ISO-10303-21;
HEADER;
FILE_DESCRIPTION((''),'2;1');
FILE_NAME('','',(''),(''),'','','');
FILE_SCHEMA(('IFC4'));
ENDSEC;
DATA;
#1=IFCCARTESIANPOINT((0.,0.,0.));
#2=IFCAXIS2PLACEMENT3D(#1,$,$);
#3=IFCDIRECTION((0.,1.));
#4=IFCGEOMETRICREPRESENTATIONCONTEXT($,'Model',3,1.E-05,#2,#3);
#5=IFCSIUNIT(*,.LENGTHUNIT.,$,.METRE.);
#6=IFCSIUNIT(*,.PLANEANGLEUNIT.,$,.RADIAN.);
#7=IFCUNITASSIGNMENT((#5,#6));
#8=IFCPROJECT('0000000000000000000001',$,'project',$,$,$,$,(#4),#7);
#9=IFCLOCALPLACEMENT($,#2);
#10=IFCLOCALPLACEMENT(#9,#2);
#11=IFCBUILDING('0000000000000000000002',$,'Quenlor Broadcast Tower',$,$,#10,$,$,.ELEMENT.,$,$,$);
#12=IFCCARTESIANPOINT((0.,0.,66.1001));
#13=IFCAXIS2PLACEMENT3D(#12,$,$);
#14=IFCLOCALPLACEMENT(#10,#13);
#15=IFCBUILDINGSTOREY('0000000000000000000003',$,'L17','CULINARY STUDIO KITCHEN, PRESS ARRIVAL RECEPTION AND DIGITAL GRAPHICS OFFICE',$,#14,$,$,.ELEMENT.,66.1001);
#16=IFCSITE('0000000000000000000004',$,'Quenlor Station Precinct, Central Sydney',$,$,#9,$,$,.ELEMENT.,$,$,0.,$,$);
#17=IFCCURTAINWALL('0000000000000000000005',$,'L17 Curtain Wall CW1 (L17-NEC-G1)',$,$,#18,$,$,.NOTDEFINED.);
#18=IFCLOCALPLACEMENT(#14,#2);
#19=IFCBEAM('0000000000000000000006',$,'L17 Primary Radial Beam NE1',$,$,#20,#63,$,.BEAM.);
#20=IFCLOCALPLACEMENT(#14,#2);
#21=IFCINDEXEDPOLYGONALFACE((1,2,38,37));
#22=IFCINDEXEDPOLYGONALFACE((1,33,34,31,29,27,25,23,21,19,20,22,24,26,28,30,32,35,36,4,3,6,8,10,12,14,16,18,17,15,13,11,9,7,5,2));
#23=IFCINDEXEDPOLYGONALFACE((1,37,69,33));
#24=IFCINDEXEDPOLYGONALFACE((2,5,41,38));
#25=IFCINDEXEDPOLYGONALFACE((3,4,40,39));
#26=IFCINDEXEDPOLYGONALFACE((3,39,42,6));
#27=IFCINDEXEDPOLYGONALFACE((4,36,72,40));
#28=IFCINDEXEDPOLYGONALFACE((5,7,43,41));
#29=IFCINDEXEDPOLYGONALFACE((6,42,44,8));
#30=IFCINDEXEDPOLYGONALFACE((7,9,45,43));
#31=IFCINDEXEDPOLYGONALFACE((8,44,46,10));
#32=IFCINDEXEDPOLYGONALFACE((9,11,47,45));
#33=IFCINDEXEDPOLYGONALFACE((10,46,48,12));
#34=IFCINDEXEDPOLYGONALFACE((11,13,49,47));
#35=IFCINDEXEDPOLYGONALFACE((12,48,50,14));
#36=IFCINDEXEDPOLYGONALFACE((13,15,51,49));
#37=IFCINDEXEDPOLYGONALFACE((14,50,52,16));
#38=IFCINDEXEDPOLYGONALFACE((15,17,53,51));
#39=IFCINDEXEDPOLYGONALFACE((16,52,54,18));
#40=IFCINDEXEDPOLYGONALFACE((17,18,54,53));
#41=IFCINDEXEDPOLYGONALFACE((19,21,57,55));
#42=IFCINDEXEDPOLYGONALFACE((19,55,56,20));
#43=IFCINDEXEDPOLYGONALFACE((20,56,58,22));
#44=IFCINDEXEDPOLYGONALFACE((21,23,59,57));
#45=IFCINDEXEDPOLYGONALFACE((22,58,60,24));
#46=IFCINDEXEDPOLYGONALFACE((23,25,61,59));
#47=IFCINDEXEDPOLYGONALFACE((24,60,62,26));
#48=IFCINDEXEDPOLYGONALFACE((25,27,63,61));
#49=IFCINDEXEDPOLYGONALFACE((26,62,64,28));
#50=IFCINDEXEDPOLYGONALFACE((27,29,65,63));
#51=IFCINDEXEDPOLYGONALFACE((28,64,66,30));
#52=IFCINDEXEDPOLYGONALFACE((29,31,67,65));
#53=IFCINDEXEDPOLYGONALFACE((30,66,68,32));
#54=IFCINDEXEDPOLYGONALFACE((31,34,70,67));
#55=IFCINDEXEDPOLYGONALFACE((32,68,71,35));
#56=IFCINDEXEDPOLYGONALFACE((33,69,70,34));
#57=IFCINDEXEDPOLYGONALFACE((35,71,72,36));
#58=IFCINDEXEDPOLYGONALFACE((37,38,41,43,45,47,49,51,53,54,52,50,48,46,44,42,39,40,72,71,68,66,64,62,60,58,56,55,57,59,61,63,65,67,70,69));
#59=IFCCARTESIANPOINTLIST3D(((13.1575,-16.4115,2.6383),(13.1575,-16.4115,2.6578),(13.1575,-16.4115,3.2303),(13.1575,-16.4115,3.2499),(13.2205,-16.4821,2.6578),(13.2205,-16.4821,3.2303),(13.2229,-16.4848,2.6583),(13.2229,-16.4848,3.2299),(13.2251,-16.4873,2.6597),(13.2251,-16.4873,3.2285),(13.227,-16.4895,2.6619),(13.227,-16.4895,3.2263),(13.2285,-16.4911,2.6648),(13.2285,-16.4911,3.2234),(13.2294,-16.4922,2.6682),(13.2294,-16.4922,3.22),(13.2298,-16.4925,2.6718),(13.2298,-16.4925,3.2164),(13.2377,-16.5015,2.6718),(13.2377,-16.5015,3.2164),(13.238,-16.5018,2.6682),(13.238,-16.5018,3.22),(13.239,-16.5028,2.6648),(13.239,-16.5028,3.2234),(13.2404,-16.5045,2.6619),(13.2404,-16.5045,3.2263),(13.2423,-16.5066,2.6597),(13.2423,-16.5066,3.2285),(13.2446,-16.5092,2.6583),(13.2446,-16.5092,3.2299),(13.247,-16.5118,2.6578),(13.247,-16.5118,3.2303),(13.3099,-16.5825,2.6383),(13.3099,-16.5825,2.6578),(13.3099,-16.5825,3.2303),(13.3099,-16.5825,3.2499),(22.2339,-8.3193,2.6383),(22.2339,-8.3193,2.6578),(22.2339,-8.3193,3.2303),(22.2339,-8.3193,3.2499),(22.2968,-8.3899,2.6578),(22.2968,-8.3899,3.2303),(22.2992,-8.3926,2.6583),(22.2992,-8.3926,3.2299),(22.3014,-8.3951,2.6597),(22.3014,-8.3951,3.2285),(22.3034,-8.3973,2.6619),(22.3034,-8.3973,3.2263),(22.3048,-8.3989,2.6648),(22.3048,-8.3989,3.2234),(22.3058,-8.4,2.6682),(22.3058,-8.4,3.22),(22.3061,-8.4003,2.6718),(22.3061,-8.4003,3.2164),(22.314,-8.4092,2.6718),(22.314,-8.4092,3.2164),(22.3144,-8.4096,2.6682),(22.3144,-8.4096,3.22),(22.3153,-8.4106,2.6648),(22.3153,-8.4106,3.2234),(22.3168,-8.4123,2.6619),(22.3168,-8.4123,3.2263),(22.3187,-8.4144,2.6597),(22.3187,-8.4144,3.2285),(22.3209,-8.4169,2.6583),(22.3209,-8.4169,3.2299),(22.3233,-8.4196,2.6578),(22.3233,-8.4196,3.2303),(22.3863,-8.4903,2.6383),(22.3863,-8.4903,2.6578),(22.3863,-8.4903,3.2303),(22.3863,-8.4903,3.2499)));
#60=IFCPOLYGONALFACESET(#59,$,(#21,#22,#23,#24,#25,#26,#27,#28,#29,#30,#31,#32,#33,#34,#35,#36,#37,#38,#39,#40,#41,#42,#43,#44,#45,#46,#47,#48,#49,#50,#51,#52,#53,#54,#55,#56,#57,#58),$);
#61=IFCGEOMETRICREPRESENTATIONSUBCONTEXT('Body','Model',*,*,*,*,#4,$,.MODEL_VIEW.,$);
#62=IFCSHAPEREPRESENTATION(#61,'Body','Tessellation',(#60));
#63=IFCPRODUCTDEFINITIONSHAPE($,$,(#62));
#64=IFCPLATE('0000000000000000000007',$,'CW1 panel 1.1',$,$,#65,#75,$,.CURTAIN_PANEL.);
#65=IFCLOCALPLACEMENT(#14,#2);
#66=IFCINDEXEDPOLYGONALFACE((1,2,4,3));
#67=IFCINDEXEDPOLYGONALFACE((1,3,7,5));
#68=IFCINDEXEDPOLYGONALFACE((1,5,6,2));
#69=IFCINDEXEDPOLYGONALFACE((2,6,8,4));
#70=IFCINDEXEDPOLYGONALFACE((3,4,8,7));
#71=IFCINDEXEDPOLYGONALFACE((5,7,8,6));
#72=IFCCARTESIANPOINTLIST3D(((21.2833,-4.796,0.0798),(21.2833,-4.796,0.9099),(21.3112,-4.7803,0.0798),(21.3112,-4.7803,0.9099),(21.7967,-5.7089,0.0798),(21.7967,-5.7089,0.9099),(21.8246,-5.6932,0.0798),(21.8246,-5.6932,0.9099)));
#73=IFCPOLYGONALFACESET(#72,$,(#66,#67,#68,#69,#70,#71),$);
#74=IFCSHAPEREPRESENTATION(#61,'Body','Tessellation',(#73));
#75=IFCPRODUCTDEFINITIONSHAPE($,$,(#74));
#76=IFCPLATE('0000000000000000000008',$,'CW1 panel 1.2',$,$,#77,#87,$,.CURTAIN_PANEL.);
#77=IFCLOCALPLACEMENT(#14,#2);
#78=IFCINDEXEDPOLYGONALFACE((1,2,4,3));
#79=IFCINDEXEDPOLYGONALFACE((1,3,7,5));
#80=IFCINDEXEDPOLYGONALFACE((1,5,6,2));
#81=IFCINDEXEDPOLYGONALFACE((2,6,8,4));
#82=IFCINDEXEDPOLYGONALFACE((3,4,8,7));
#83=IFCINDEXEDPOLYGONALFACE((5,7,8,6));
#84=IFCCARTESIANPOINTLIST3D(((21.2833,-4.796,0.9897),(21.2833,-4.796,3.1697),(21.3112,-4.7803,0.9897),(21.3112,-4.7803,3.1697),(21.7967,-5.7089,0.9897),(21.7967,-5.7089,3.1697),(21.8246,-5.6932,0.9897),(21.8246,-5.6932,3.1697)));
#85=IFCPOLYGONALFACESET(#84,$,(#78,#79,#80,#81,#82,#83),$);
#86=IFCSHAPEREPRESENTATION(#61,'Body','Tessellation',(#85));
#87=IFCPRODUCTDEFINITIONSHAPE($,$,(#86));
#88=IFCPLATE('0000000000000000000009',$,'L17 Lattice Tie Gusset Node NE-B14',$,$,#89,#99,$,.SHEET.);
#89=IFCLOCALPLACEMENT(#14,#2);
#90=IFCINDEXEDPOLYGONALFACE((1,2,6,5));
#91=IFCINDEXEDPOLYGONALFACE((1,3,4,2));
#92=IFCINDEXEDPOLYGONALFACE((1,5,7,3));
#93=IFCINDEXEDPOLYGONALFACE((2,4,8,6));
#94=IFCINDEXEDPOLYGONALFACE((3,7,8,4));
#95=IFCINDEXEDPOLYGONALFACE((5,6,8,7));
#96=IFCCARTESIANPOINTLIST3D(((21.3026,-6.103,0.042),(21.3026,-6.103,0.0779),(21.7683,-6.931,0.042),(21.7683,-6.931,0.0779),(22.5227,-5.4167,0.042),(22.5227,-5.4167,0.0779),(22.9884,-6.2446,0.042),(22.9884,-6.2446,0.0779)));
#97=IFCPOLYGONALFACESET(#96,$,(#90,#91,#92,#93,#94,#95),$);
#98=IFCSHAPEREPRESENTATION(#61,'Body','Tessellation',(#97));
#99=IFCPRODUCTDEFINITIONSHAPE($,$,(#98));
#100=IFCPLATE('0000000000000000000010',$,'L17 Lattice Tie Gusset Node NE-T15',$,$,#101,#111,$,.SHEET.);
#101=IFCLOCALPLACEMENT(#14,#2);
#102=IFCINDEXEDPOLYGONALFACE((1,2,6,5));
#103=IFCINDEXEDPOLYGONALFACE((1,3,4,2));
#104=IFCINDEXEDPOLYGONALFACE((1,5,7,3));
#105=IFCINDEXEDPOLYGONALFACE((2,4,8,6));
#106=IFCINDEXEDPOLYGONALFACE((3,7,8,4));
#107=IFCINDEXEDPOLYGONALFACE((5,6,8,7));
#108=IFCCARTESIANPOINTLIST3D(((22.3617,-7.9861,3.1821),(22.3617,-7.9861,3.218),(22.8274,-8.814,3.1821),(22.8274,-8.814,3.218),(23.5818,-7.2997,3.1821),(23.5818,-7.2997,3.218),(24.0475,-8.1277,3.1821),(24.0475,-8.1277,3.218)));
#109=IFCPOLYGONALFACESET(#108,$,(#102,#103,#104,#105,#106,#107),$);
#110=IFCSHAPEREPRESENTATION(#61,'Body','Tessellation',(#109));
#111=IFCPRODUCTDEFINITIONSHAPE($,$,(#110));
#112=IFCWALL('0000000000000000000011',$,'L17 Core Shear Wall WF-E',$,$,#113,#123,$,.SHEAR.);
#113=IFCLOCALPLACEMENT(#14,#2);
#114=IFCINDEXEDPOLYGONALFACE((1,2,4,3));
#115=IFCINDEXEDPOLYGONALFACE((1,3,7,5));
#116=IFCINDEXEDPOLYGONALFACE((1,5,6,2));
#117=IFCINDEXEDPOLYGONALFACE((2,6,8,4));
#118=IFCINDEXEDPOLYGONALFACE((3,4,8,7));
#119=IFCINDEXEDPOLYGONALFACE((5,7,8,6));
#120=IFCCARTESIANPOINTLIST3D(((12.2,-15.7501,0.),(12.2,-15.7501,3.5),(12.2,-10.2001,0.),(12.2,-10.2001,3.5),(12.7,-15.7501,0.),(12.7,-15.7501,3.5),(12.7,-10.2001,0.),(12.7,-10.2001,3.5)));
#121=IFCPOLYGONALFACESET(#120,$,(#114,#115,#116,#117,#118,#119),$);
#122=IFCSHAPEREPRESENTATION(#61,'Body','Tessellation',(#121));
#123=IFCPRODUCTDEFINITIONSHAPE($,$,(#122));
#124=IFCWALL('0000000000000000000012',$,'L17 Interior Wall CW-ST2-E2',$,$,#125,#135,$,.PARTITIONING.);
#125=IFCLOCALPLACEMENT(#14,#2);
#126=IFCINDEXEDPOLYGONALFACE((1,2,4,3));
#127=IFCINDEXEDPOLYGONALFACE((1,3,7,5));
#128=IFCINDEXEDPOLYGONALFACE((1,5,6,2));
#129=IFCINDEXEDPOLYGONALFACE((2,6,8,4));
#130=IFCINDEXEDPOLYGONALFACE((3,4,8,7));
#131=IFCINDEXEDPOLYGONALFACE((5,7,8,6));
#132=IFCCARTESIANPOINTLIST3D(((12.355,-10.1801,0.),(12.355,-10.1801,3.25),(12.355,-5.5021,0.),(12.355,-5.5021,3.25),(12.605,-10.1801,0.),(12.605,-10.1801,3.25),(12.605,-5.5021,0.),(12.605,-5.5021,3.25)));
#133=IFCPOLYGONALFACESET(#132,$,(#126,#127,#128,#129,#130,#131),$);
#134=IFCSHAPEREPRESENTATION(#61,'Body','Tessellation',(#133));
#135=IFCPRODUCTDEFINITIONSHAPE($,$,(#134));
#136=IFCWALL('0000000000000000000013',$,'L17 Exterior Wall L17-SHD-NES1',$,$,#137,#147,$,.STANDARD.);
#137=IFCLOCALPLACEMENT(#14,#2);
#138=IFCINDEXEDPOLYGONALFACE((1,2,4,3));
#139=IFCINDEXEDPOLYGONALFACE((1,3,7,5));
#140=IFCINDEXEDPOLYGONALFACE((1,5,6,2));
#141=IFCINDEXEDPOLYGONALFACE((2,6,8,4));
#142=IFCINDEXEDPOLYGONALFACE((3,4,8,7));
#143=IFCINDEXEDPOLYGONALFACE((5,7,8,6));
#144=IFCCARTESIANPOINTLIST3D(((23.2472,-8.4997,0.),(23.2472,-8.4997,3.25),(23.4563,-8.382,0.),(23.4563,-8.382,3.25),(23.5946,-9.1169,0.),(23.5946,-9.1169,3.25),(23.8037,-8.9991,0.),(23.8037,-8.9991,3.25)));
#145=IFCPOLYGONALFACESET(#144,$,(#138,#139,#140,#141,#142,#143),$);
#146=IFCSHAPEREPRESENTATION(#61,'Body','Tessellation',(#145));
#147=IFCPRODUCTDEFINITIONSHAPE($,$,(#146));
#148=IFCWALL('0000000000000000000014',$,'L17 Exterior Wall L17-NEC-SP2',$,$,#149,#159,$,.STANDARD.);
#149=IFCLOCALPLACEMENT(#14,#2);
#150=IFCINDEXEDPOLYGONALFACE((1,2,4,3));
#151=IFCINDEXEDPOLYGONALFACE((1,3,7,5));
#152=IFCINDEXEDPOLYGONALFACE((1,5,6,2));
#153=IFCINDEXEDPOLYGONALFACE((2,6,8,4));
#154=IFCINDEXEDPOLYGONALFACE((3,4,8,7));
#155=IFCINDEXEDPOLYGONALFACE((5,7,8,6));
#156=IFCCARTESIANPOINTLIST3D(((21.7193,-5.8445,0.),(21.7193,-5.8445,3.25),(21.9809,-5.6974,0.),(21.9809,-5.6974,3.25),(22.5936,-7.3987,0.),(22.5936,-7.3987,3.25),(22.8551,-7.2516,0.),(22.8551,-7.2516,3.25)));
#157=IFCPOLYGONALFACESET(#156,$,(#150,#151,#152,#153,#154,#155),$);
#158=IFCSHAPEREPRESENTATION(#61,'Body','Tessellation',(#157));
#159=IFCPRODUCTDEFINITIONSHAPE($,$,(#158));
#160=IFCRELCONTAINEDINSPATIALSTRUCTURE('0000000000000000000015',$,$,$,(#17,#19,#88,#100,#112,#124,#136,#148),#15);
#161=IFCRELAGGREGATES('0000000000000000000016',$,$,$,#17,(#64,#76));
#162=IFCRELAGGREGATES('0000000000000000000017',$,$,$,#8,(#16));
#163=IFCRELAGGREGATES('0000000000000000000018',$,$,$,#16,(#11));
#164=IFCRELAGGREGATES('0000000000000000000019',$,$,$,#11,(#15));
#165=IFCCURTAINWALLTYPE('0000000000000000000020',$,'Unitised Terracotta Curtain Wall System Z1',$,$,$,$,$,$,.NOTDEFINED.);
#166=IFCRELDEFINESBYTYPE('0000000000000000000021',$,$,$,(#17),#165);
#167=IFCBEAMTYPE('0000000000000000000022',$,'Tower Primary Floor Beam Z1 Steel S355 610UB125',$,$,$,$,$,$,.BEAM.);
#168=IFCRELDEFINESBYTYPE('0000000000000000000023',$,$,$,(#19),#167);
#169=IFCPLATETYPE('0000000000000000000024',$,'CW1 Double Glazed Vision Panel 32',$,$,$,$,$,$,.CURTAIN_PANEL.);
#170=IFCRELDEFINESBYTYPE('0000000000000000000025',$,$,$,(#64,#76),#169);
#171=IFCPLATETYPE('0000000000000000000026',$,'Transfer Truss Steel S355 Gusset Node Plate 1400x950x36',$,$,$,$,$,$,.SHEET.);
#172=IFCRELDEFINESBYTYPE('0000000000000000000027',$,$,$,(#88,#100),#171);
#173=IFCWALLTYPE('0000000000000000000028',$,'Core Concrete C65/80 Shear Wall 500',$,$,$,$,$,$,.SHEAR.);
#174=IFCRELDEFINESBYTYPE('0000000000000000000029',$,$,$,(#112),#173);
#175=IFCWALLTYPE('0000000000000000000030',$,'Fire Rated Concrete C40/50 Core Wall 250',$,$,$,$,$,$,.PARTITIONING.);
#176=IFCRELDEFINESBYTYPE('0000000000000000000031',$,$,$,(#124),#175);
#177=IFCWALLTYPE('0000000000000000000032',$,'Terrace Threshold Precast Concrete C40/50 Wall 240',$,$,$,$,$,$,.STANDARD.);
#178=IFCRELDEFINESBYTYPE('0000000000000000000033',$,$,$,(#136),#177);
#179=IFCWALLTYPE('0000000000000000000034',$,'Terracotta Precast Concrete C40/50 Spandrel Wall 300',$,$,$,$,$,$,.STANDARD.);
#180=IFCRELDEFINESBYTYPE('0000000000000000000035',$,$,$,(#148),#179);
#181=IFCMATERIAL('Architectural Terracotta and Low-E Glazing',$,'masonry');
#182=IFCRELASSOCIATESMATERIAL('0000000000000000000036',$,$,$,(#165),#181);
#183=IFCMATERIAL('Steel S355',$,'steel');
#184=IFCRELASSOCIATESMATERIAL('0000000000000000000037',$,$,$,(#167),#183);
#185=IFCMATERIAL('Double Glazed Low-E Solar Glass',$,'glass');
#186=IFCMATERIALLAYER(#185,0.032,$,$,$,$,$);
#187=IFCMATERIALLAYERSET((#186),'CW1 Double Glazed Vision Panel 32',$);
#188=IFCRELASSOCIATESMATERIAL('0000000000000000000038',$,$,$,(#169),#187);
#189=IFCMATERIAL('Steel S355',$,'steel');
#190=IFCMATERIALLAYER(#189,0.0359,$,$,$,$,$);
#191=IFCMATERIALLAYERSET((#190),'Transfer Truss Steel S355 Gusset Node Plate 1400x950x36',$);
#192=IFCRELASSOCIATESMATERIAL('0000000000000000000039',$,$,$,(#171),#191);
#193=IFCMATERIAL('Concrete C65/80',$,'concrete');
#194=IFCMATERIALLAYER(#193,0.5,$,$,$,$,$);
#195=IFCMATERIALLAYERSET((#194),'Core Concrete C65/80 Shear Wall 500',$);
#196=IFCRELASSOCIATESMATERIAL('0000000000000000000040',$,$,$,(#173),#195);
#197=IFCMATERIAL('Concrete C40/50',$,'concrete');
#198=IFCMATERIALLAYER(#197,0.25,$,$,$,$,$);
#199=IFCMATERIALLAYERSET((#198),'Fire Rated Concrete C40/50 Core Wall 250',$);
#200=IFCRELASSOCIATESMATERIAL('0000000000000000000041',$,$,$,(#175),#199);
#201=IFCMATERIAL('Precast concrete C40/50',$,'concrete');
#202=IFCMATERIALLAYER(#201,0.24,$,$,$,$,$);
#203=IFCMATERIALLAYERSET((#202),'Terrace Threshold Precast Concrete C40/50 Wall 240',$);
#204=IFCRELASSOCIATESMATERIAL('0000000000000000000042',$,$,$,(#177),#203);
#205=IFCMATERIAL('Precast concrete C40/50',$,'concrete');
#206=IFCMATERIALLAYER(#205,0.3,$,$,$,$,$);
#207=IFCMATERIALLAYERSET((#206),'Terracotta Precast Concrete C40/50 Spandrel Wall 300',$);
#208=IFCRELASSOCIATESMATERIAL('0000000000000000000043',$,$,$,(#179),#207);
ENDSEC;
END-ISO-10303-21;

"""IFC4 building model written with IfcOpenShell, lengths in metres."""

from ifc_helpers import new_model, si_unit, direction, frame, frame_2d, origin, origin_2d, place, context, subcontext, project, spatial, rectangle, i_section, extrude, material, layer, layer_set, material_profile, profile_set, type_object, element, aggregate, save


model = new_model("IFC4")

# Units and contexts
model_context = context("Model", 3, precision=1e-05, world=origin(), true_north=direction((0.0, 1.0)))
body_context = subcontext(model_context, "Body", "Model", "MODEL_VIEW")
ifc_project = project(units=[si_unit("LENGTHUNIT", "METRE"), si_unit("PLANEANGLEUNIT", "RADIAN")], contexts=[model_context])

# Site, building, storey
site_placement = place(None, origin())
site = spatial("IfcSite", under=ifc_project, at=site_placement, Name="Quenlor Station Precinct, Central Sydney", CompositionType="ELEMENT", RefElevation=0.0)
building_placement = place(site_placement, origin())
building = spatial("IfcBuilding", under=site, at=building_placement, Name="Quenlor Broadcast Tower", CompositionType="ELEMENT")
storey_placement = place(building_placement, frame((0.0, 0.0, 66.1001)))
storey = spatial("IfcBuildingStorey", under=building, at=storey_placement, Name="L17", Description="CULINARY STUDIO KITCHEN, PRESS ARRIVAL RECEPTION AND DIGITAL GRAPHICS OFFICE", CompositionType="ELEMENT", Elevation=66.1001)

# Curtain wall
ifc_material_1 = material(Name="Architectural Terracotta and Low-E Glazing", Category="masonry")
curtain_wall_type = type_object("IfcCurtainWallType", Name="Unitised Terracotta Curtain Wall System Z1", PredefinedType="NOTDEFINED", material=ifc_material_1)
curtain_wall_placement = place(storey_placement, origin())
curtain_wall = element("IfcCurtainWall", 1, at=curtain_wall_placement, inside=storey, type_object=curtain_wall_type, Name="L17 Curtain Wall CW1 (L17-NEC-G1)", PredefinedType="NOTDEFINED")

# Beam
ifc_material_2 = material(Name="Steel S355", Category="steel")
ifc_material_profile_1 = material_profile(ifc_material_2, i_section(OverallWidth=0.229, OverallDepth=0.6116, WebThickness=0.012, FlangeThickness=0.0195, FilletRadius=0.0139, at=origin_2d()))
ifc_profile_set_1 = profile_set([ifc_material_profile_1], Name="Steel S355 610UB125")
beam_type_1 = type_object("IfcBeamType", Name="Tower Primary Floor Beam Z1 Steel S355 610UB125", PredefinedType="BEAM", material=ifc_profile_set_1)
beam_1_placement = place(storey_placement, frame((22.3101, -8.4048, 2.9441), z_axis=(-0.746414, -0.665482, 0.0), x_axis=(0.665482, -0.746414, 0.0)))
element("IfcBeam", 2, at=beam_1_placement, inside=storey, type_object=beam_type_1, Name="L17 Primary Radial Beam NE1", PredefinedType="BEAM", context=body_context, shape_type="SweptSolid", body=[
    extrude(i_section(OverallWidth=0.229, OverallDepth=0.6116, WebThickness=0.012, FlangeThickness=0.0195, FilletRadius=0.0139, at=origin_2d()), origin(), (0.0, 0.0, 1.0), 12.1599),
])

# Plates
ifc_material_3 = material(Name="Double Glazed Low-E Solar Glass", Category="glass")
ifc_layer_1 = layer(ifc_material_3, 0.032)
ifc_layer_set_1 = layer_set([ifc_layer_1], Name="CW1 Double Glazed Vision Panel 32")
plate_type_1 = type_object("IfcPlateType", Name="CW1 Double Glazed Vision Panel 32", PredefinedType="CURTAIN_PANEL", material=ifc_layer_set_1)
plate_1_placement = place(storey_placement, frame((21.554, -5.2446, 0.0798), z_axis=(0.0, 0.0, 1.0), x_axis=(0.490214, -0.871602, 0.0)))
plate_1 = element("IfcPlate", 3, at=plate_1_placement, type_object=plate_type_1, Name="CW1 panel 1.1", PredefinedType="CURTAIN_PANEL", context=body_context, shape_type="SweptSolid", body=[
    extrude(rectangle(XDim=1.0474, YDim=0.032, at=origin_2d()), origin(), (0.0, 0.0, 1.0), 0.8301),
])
plate_2_placement = place(storey_placement, frame((21.554, -5.2446, 0.9897), z_axis=(0.0, 0.0, 1.0), x_axis=(0.490214, -0.871602, 0.0)))
plate_2 = element("IfcPlate", 4, at=plate_2_placement, type_object=plate_type_1, Name="CW1 panel 1.2", PredefinedType="CURTAIN_PANEL", context=body_context, shape_type="SweptSolid", body=[
    extrude(rectangle(XDim=1.0474, YDim=0.032, at=origin_2d()), origin(), (0.0, 0.0, 1.0), 2.1799),
])
aggregate(curtain_wall, [plate_1, plate_2])

# Plates
ifc_material_4 = material(Name="Steel S355", Category="steel")
ifc_layer_2 = layer(ifc_material_4, 0.0359)
ifc_layer_set_2 = layer_set([ifc_layer_2], Name="Transfer Truss Steel S355 Gusset Node Plate 1400x950x36")
plate_type_2 = type_object("IfcPlateType", Name="Transfer Truss Steel S355 Gusset Node Plate 1400x950x36", PredefinedType="SHEET", material=ifc_layer_set_2)
for number, where, z_axis, x_axis, name in (
    (5, (22.1455, -6.1738, 0.042), (0.0, 0.0, 1.0), (0.871556, 0.490295, 0.0), "L17 Lattice Tie Gusset Node NE-B14"),
    (6, (23.2046, -8.0569, 3.1821), (0.0, 0.0, 1.0), (0.871556, 0.490295, 0.0), "L17 Lattice Tie Gusset Node NE-T15"),
):
    element("IfcPlate", number, at=place(storey_placement, frame(where, z_axis=z_axis, x_axis=x_axis)), inside=storey, type_object=plate_type_2, Name=name, PredefinedType="SHEET", context=body_context, shape_type="SweptSolid", body=[
        extrude(rectangle(XDim=1.3999, YDim=0.95, at=origin_2d()), origin(), (0.0, 0.0, 1.0), 0.0359),
    ])

# Walls
ifc_material_5 = material(Name="Concrete C65/80", Category="concrete")
ifc_layer_3 = layer(ifc_material_5, 0.5)
ifc_layer_set_3 = layer_set([ifc_layer_3], Name="Core Concrete C65/80 Shear Wall 500")
wall_type_1 = type_object("IfcWallType", Name="Core Concrete C65/80 Shear Wall 500", PredefinedType="SHEAR", material=ifc_layer_set_3)
wall_1_placement = place(storey_placement, frame((12.45, -15.75, 0.0), z_axis=(0.0, 0.0, 1.0), x_axis=(0.0, 1.0, 0.0)))
element("IfcWall", 7, at=wall_1_placement, inside=storey, type_object=wall_type_1, Name="L17 Core Shear Wall WF-E", PredefinedType="SHEAR", context=body_context, shape_type="SweptSolid", body=[
    extrude(rectangle(XDim=5.55, YDim=0.5, at=frame_2d((2.7749, 0.0))), origin(), (0.0, 0.0, 1.0), 3.5),
])
ifc_material_6 = material(Name="Concrete C40/50", Category="concrete")
ifc_layer_4 = layer(ifc_material_6, 0.25)
ifc_layer_set_4 = layer_set([ifc_layer_4], Name="Fire Rated Concrete C40/50 Core Wall 250")
wall_type_2 = type_object("IfcWallType", Name="Fire Rated Concrete C40/50 Core Wall 250", PredefinedType="PARTITIONING", material=ifc_layer_set_4)
wall_2_placement = place(storey_placement, frame((12.48, -10.1799, 0.0), z_axis=(0.0, 0.0, 1.0), x_axis=(0.0, 1.0, 0.0)))
element("IfcWall", 8, at=wall_2_placement, inside=storey, type_object=wall_type_2, Name="L17 Interior Wall CW-ST2-E2", PredefinedType="PARTITIONING", context=body_context, shape_type="SweptSolid", body=[
    extrude(rectangle(XDim=4.678, YDim=0.25, at=frame_2d((2.3389, 0.0))), origin(), (0.0, 0.0, 1.0), 3.25),
])
ifc_material_7 = material(Name="Precast concrete C40/50", Category="concrete")
ifc_layer_5 = layer(ifc_material_7, 0.24)
ifc_layer_set_5 = layer_set([ifc_layer_5], Name="Terrace Threshold Precast Concrete C40/50 Wall 240")
wall_type_3 = type_object("IfcWallType", Name="Terrace Threshold Precast Concrete C40/50 Wall 240", PredefinedType="STANDARD", material=ifc_layer_set_5)
wall_3_placement = place(storey_placement, frame((23.3518, -8.4409, 0.0), z_axis=(0.0, 0.0, 1.0), x_axis=(0.490523, -0.871428, 0.0)))
element("IfcWall", 9, at=wall_3_placement, inside=storey, type_object=wall_type_3, Name="L17 Exterior Wall L17-SHD-NES1", PredefinedType="STANDARD", context=body_context, shape_type="SweptSolid", body=[
    extrude(rectangle(XDim=0.7083, YDim=0.24, at=frame_2d((0.354, 0.0))), origin(), (0.0, 0.0, 1.0), 3.25),
])
ifc_material_8 = material(Name="Precast concrete C40/50", Category="concrete")
ifc_layer_6 = layer(ifc_material_8, 0.3)
ifc_layer_set_6 = layer_set([ifc_layer_6], Name="Terracotta Precast Concrete C40/50 Spandrel Wall 300")
wall_type_4 = type_object("IfcWallType", Name="Terracotta Precast Concrete C40/50 Spandrel Wall 300", PredefinedType="STANDARD", material=ifc_layer_set_6)
wall_4_placement = place(storey_placement, frame((21.8501, -5.771, 0.0), z_axis=(0.0, 0.0, 1.0), x_axis=(0.490274, -0.871568, 0.0)))
element("IfcWall", 10, at=wall_4_placement, inside=storey, type_object=wall_type_4, Name="L17 Exterior Wall L17-NEC-SP2", PredefinedType="STANDARD", context=body_context, shape_type="SweptSolid", body=[
    extrude(rectangle(XDim=1.7832, YDim=0.3, at=frame_2d((0.8916, 0.0))), origin(), (0.0, 0.0, 1.0), 3.25),
])

save(model, "model.ifc")
